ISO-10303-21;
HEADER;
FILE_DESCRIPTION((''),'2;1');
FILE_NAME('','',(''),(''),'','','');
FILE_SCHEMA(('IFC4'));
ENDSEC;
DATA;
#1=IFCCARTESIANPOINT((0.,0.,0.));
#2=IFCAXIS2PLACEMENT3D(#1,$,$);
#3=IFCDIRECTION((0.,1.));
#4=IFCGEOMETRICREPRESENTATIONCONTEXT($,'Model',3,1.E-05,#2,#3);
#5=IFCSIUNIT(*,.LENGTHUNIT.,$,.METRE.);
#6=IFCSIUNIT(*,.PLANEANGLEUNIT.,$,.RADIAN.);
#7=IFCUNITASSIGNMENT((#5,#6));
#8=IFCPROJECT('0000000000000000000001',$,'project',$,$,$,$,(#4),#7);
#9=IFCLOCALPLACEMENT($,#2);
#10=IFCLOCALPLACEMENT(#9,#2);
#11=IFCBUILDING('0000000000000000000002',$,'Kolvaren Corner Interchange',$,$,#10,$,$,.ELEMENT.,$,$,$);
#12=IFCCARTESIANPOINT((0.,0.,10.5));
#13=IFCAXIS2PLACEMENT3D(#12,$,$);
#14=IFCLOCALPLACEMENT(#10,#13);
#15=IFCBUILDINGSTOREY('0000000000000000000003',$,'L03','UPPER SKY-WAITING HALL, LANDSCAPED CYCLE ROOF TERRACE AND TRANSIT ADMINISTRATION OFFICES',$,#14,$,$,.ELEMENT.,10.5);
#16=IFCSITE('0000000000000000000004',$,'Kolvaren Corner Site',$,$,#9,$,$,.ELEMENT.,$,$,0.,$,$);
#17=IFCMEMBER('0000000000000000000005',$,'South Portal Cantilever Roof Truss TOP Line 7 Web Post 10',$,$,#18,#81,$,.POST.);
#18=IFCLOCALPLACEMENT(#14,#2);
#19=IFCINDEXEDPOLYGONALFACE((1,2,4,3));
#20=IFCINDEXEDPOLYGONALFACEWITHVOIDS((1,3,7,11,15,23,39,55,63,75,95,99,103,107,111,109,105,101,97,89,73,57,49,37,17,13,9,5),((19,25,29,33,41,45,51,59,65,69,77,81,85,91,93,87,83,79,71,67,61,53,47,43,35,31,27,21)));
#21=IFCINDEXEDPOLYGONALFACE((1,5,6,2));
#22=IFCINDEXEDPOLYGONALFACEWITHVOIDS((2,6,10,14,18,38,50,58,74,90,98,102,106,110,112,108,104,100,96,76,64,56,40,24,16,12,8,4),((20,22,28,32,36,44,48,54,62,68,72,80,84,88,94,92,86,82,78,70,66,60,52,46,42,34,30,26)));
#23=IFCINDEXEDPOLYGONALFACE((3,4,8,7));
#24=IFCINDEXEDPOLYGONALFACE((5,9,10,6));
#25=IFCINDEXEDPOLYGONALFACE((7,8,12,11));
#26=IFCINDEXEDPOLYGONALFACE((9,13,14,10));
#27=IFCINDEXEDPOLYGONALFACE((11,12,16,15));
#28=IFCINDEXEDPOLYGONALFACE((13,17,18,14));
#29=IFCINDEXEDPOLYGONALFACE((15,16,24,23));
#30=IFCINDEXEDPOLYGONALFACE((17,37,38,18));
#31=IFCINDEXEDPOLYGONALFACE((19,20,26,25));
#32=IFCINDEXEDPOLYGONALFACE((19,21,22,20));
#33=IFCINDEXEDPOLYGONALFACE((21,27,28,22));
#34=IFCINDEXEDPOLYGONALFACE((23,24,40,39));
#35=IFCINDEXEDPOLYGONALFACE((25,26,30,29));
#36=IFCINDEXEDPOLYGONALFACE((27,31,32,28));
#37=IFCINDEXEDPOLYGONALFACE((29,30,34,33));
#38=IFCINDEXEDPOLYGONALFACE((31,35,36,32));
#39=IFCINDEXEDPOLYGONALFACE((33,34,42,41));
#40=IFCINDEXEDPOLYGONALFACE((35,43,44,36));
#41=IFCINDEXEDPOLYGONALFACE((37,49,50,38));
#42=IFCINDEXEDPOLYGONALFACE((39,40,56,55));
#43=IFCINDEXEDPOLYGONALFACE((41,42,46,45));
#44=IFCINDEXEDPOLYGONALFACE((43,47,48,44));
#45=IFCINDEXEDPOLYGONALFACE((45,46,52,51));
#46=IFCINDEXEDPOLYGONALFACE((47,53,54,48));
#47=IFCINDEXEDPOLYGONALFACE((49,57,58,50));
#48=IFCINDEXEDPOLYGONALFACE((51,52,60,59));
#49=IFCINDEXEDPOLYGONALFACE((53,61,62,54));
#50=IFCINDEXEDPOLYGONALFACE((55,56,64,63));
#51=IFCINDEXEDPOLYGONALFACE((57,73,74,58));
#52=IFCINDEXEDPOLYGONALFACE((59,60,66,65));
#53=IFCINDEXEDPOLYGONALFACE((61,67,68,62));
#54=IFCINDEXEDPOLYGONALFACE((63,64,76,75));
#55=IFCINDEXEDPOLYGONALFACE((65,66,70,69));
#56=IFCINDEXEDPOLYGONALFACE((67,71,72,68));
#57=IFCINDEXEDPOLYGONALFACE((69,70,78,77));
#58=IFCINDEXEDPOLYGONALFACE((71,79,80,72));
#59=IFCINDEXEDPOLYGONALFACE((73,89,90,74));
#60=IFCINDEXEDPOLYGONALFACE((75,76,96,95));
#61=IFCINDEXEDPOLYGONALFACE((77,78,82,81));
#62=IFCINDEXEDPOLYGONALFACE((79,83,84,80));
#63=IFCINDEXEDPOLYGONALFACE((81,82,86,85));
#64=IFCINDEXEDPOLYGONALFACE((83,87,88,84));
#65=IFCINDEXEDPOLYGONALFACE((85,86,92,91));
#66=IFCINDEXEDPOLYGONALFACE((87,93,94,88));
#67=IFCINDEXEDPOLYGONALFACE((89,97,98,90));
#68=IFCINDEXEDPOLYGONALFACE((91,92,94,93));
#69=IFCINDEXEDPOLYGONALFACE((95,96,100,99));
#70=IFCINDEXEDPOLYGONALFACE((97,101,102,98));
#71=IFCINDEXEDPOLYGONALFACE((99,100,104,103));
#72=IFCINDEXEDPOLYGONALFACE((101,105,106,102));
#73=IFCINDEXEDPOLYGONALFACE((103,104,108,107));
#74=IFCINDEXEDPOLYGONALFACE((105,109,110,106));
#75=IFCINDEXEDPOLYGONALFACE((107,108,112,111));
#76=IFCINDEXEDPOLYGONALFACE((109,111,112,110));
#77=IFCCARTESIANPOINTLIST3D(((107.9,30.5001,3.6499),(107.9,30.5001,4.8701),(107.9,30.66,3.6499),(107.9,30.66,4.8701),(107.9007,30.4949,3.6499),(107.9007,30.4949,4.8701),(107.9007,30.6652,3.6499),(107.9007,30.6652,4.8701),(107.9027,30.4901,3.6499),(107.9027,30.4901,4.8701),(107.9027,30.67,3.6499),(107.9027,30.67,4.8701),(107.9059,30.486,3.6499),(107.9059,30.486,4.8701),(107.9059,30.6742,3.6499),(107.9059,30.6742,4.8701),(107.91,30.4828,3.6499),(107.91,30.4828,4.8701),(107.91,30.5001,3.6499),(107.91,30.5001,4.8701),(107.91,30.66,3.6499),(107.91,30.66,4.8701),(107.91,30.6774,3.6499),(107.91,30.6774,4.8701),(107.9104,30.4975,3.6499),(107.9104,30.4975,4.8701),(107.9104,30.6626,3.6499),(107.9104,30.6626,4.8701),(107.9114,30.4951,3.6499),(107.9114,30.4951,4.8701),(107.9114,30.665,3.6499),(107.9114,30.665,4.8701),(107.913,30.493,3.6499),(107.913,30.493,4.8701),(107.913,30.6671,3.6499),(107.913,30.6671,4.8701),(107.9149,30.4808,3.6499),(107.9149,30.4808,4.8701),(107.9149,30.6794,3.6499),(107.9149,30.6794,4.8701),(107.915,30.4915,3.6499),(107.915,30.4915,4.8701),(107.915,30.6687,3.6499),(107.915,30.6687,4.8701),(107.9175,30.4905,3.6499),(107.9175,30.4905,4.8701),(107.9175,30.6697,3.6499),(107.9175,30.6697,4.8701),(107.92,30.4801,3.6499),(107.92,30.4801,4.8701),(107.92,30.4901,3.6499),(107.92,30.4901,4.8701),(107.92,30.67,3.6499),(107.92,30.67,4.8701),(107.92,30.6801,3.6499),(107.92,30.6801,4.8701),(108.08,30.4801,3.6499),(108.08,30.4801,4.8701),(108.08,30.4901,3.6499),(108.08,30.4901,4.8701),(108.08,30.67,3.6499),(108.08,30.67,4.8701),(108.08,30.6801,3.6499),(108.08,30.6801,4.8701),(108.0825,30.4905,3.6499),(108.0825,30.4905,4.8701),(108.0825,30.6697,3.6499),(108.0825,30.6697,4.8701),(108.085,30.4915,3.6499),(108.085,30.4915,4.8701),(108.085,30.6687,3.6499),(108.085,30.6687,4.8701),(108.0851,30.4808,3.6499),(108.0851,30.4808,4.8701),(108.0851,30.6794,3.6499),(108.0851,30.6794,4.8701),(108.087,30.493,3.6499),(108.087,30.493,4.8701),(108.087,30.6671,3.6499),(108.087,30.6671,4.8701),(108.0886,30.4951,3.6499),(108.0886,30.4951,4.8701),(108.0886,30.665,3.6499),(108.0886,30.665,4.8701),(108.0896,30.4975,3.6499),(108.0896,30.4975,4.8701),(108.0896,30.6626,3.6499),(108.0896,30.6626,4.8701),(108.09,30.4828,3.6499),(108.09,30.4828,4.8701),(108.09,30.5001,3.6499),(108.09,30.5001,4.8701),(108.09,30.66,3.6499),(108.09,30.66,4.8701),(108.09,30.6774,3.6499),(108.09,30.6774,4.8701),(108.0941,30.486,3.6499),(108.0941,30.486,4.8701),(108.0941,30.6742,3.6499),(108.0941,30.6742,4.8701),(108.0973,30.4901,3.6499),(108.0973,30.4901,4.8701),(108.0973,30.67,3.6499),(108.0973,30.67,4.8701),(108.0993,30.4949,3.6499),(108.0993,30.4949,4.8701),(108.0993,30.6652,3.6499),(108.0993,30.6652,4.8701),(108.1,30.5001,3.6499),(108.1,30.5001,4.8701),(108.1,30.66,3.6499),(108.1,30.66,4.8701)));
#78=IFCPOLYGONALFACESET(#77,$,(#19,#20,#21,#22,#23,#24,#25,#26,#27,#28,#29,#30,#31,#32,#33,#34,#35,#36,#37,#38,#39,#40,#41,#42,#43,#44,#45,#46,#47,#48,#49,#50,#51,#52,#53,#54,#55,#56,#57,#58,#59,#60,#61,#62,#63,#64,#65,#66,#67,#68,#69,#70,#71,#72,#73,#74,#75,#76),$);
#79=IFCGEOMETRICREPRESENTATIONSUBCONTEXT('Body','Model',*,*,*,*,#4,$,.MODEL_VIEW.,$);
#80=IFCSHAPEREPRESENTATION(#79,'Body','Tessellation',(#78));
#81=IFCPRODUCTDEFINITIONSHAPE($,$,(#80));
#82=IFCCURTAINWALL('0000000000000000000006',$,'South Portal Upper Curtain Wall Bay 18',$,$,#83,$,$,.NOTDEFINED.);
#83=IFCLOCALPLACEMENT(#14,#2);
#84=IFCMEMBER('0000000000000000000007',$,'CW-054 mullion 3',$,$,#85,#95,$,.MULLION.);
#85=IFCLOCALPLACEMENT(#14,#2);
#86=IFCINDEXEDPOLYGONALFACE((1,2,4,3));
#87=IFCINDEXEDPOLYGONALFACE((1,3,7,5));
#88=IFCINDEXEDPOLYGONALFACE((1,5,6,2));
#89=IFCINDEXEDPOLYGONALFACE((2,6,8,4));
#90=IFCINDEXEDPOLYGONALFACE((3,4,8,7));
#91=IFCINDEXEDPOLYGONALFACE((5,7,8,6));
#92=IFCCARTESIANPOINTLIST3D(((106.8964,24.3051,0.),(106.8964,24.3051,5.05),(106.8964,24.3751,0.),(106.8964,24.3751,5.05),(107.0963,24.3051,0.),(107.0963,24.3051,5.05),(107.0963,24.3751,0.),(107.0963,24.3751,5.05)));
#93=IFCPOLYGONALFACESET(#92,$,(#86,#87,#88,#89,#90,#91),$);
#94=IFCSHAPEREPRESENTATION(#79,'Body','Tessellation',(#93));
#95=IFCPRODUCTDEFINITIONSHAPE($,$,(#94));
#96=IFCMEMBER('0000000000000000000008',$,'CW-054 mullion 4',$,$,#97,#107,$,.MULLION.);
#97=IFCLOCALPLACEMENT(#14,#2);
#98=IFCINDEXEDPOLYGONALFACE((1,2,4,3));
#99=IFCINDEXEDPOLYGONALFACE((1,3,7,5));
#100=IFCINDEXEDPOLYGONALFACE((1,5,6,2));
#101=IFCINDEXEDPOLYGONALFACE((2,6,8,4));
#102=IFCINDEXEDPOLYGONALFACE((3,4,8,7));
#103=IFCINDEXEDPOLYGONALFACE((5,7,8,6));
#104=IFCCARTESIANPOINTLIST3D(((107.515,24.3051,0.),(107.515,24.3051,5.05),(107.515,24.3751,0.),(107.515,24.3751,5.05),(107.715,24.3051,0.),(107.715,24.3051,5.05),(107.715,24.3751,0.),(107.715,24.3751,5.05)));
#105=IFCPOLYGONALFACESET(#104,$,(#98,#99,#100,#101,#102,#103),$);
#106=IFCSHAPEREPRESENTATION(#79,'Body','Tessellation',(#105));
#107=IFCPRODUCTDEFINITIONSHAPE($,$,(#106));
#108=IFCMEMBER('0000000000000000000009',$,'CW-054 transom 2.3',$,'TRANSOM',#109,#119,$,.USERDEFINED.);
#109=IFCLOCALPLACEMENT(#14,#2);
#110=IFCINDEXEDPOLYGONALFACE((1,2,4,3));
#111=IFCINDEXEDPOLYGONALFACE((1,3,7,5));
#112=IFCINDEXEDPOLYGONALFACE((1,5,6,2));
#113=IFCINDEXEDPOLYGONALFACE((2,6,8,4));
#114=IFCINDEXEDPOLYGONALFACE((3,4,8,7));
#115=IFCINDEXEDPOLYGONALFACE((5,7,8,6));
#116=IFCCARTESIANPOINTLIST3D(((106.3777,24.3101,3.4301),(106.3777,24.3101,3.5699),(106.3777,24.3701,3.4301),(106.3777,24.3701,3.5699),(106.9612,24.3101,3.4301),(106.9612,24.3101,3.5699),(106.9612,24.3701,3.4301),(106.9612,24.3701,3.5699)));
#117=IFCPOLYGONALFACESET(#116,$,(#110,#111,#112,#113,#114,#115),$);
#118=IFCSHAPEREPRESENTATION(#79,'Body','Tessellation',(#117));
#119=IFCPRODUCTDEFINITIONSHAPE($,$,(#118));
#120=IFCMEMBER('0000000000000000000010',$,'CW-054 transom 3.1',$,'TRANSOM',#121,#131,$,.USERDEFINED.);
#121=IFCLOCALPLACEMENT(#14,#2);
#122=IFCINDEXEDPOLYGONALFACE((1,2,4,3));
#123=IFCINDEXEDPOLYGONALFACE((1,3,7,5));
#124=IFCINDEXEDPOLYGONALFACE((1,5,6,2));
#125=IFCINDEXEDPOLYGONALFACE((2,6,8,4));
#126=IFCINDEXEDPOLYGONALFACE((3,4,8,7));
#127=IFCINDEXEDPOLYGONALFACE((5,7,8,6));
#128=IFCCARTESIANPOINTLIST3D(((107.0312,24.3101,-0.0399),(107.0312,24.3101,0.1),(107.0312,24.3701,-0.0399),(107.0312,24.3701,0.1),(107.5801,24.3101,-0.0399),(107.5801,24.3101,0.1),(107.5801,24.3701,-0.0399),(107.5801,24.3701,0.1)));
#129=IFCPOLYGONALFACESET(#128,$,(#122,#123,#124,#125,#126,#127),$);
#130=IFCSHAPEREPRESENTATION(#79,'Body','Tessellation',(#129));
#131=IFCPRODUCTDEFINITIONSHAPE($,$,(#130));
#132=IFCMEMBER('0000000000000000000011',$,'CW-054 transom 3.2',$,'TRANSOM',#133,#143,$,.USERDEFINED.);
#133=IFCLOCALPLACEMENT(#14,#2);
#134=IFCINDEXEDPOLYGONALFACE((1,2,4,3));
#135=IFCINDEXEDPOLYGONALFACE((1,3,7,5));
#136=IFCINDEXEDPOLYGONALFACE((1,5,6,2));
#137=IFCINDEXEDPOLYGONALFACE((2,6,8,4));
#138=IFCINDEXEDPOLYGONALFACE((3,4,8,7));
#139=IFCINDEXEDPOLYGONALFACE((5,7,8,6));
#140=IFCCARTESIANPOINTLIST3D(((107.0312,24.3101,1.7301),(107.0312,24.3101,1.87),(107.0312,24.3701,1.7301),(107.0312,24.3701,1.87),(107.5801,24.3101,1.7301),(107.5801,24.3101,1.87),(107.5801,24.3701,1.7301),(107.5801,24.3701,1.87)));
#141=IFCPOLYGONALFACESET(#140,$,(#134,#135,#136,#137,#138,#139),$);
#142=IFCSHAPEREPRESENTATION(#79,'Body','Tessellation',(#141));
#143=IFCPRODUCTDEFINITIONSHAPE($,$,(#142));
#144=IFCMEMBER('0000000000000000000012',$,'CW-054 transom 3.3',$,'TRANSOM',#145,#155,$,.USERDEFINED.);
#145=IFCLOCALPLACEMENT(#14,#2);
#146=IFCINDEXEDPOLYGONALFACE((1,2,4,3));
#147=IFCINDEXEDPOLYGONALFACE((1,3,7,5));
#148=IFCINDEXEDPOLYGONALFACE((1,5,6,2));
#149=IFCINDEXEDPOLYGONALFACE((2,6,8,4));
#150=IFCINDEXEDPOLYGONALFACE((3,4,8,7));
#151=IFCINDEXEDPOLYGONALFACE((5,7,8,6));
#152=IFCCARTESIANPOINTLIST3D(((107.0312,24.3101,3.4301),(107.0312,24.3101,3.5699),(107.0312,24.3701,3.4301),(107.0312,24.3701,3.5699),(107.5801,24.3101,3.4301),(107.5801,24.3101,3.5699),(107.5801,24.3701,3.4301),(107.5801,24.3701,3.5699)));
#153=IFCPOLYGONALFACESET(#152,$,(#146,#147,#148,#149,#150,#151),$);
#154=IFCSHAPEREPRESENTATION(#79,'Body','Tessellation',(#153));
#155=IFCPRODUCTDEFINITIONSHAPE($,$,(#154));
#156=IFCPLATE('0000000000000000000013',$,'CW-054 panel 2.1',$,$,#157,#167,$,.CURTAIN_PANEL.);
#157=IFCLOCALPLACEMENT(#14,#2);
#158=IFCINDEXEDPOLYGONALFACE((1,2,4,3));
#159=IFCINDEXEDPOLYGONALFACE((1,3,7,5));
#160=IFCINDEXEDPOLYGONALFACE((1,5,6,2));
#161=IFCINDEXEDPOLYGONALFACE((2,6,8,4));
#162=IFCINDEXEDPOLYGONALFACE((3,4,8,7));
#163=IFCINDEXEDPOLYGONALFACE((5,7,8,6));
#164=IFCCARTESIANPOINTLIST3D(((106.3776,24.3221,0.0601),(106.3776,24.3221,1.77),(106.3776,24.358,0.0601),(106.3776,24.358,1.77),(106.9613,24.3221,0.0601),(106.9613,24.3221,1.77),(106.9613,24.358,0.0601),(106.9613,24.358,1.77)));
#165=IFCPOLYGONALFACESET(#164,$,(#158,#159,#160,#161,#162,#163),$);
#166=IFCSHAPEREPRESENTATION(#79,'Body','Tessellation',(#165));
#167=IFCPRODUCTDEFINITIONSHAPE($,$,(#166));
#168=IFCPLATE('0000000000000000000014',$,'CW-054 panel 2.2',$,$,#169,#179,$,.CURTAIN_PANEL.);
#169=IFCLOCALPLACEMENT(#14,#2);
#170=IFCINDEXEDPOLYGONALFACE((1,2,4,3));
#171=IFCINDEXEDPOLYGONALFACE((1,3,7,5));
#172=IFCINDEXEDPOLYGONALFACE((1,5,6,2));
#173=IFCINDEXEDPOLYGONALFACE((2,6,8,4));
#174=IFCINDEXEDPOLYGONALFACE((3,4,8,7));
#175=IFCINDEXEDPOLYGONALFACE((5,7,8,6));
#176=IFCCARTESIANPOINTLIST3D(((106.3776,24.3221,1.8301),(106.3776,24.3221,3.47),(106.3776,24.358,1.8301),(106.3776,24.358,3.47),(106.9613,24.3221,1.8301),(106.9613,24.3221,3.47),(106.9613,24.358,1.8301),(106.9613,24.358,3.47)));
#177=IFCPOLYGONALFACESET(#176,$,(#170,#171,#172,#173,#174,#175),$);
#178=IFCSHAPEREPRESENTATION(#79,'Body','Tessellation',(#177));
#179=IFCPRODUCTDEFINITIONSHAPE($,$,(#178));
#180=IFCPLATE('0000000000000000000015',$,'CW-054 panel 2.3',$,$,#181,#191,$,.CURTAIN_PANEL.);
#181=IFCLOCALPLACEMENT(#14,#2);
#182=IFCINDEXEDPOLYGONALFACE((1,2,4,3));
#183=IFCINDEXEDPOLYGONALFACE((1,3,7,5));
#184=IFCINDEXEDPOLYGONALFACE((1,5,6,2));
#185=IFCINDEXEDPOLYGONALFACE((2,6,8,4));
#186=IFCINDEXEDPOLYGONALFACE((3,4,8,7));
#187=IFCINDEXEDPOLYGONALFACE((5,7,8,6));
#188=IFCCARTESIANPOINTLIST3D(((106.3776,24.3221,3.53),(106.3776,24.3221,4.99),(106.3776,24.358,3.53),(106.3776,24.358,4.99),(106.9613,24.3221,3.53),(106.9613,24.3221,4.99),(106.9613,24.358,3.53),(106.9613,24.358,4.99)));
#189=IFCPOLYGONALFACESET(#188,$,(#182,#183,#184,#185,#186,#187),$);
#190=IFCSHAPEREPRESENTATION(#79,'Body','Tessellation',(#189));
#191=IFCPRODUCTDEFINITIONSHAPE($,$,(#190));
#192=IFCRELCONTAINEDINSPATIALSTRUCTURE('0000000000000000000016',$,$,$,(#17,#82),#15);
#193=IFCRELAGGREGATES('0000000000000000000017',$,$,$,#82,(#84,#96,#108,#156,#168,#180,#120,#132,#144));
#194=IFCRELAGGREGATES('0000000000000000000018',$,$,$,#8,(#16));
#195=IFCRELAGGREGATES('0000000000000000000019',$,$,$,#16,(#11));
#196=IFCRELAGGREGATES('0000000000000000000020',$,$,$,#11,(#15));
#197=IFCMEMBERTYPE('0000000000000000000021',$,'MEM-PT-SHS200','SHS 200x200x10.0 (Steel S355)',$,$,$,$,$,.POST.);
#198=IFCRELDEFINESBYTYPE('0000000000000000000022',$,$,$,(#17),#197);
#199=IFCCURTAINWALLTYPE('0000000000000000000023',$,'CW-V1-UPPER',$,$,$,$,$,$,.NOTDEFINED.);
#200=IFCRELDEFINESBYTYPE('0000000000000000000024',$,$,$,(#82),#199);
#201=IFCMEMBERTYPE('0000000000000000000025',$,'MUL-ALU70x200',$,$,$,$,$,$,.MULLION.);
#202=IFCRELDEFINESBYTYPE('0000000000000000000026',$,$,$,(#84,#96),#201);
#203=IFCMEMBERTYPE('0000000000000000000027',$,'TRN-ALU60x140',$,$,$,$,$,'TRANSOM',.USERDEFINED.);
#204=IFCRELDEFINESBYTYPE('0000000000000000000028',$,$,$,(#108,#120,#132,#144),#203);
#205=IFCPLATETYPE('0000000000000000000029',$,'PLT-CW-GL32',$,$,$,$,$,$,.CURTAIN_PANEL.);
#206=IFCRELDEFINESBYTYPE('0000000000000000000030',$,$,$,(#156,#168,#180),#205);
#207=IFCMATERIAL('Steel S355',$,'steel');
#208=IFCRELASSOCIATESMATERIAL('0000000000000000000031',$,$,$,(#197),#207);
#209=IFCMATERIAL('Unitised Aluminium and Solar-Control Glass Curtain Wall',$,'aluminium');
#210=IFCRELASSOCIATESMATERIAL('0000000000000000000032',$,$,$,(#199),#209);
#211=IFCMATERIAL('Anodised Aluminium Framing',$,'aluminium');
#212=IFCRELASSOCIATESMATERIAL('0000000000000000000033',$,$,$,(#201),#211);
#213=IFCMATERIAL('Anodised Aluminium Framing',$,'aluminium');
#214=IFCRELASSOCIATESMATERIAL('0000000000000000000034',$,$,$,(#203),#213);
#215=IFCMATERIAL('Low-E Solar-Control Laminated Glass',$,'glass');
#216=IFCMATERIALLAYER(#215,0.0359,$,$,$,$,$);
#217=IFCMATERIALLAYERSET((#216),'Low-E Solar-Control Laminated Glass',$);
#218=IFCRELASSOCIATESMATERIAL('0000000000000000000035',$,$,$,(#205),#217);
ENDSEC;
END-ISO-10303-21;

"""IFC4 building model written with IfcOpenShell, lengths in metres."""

from ifc_helpers import new_model, si_unit, direction, frame, origin, origin_2d, place, context, subcontext, project, spatial, rectangle, hollow_rectangle, extrude, material, layer, layer_set, material_profile, profile_set, type_object, element, aggregate, save


model = new_model("IFC4")

# Units and contexts
model_context = context("Model", 3, precision=1e-05, world=origin(), true_north=direction((0.0, 1.0)))
body_context = subcontext(model_context, "Body", "Model", "MODEL_VIEW")
ifc_project = project(units=[si_unit("LENGTHUNIT", "METRE"), si_unit("PLANEANGLEUNIT", "RADIAN")], contexts=[model_context])

# Site, building, storey
site_placement = place(None, origin())
site = spatial("IfcSite", under=ifc_project, at=site_placement, Name="Kolvaren Corner Site", CompositionType="ELEMENT", RefElevation=0.0)
building_placement = place(site_placement, origin())
building = spatial("IfcBuilding", under=site, at=building_placement, Name="Kolvaren Corner Interchange", CompositionType="ELEMENT")
storey_placement = place(building_placement, frame((0.0, 0.0, 10.5)))
storey = spatial("IfcBuildingStorey", under=building, at=storey_placement, Name="L03", Description="UPPER SKY-WAITING HALL, LANDSCAPED CYCLE ROOF TERRACE AND TRANSIT ADMINISTRATION OFFICES", CompositionType="ELEMENT", Elevation=10.5)

# Member
ifc_material_1 = material(Name="Steel S355", Category="steel")
ifc_material_profile_1 = material_profile(ifc_material_1, hollow_rectangle(XDim=0.2, YDim=0.2, WallThickness=0.01, InnerFilletRadius=0.01, OuterFilletRadius=0.02, at=origin_2d()), Name="SHS 200x200x10.0")
ifc_profile_set_1 = profile_set([ifc_material_profile_1], Name="Steel S355")
member_type_1 = type_object("IfcMemberType", Name="MEM-PT-SHS200", Description="SHS 200x200x10.0 (Steel S355)", PredefinedType="POST", material=ifc_profile_set_1)
for number, where, z_axis, x_axis, name in (
    (1, (108.0, 30.5801, 3.6499), (0.0, 0.0, 1.0), (1.0, 0.0, 0.0), "South Portal Cantilever Roof Truss TOP Line 7 Web Post 10"),
):
    element("IfcMember", number, at=place(storey_placement, frame(where, z_axis=z_axis, x_axis=x_axis)), inside=storey, type_object=member_type_1, Name=name, PredefinedType="POST", context=body_context, shape_type="SweptSolid", body=[
        extrude(hollow_rectangle(XDim=0.2, YDim=0.2, WallThickness=0.01, InnerFilletRadius=0.01, OuterFilletRadius=0.02, at=origin_2d()), origin(), (0.0, 0.0, 1.0), 1.2202),
    ])

# Curtain wall, members, plates
ifc_material_2 = material(Name="Unitised Aluminium and Solar-Control Glass Curtain Wall", Category="aluminium")
curtain_wall_type = type_object("IfcCurtainWallType", Name="CW-V1-UPPER", PredefinedType="NOTDEFINED", material=ifc_material_2)
curtain_wall_placement = place(storey_placement, origin())
curtain_wall = element("IfcCurtainWall", 2, at=curtain_wall_placement, inside=storey, type_object=curtain_wall_type, Name="South Portal Upper Curtain Wall Bay 18", PredefinedType="NOTDEFINED")
ifc_material_3 = material(Name="Anodised Aluminium Framing", Category="aluminium")
ifc_material_profile_2 = material_profile(ifc_material_3, rectangle(XDim=0.0701, YDim=0.2, at=origin_2d()), Name="ALU 70x200")
ifc_profile_set_2 = profile_set([ifc_material_profile_2], Name="Anodised Aluminium Framing")
member_type_2 = type_object("IfcMemberType", Name="MUL-ALU70x200", PredefinedType="MULLION", material=ifc_profile_set_2)
member_1_placement = place(storey_placement, frame((106.9963, 24.3401, 0.0), z_axis=(0.0, 0.0, 1.0), x_axis=(0.0, 1.0, 0.0)))
member_1 = element("IfcMember", 3, at=member_1_placement, type_object=member_type_2, Name="CW-054 mullion 3", PredefinedType="MULLION", context=body_context, shape_type="SweptSolid", body=[
    extrude(rectangle(XDim=0.0701, YDim=0.2, at=origin_2d()), origin(), (0.0, 0.0, 1.0), 5.05),
])
member_2_placement = place(storey_placement, frame((107.615, 24.3401, 0.0), z_axis=(0.0, 0.0, 1.0), x_axis=(0.0, 1.0, 0.0)))
member_2 = element("IfcMember", 4, at=member_2_placement, type_object=member_type_2, Name="CW-054 mullion 4", PredefinedType="MULLION", context=body_context, shape_type="SweptSolid", body=[
    extrude(rectangle(XDim=0.0701, YDim=0.2, at=origin_2d()), origin(), (0.0, 0.0, 1.0), 5.05),
])
ifc_material_4 = material(Name="Anodised Aluminium Framing", Category="aluminium")
ifc_material_profile_3 = material_profile(ifc_material_4, rectangle(XDim=0.0601, YDim=0.1399, at=origin_2d()), Name="ALU 60x140")
ifc_profile_set_3 = profile_set([ifc_material_profile_3], Name="Anodised Aluminium Framing")
member_type_3 = type_object("IfcMemberType", Name="TRN-ALU60x140", ElementType="TRANSOM", PredefinedType="USERDEFINED", material=ifc_profile_set_3)
member_3_placement = place(storey_placement, frame((106.3777, 24.3401, 3.5), z_axis=(1.0, 0.0, 0.0), x_axis=(0.0, 1.0, 0.0)))
member_3 = element("IfcMember", 5, at=member_3_placement, type_object=member_type_3, Name="CW-054 transom 2.3", ObjectType="TRANSOM", PredefinedType="USERDEFINED", context=body_context, shape_type="SweptSolid", body=[
    extrude(rectangle(XDim=0.0601, YDim=0.1399, at=origin_2d()), origin(), (0.0, 0.0, 1.0), 0.5835),
])
member_4_placement = place(storey_placement, frame((107.0312, 24.3401, 0.03), z_axis=(1.0, 0.0, 0.0), x_axis=(0.0, 1.0, 0.0)))
member_4 = element("IfcMember", 6, at=member_4_placement, type_object=member_type_3, Name="CW-054 transom 3.1", ObjectType="TRANSOM", PredefinedType="USERDEFINED", context=body_context, shape_type="SweptSolid", body=[
    extrude(rectangle(XDim=0.0601, YDim=0.1399, at=origin_2d()), origin(), (0.0, 0.0, 1.0), 0.5488),
])
member_5_placement = place(storey_placement, frame((107.0312, 24.3401, 1.8), z_axis=(1.0, 0.0, 0.0), x_axis=(0.0, 1.0, 0.0)))
member_5 = element("IfcMember", 7, at=member_5_placement, type_object=member_type_3, Name="CW-054 transom 3.2", ObjectType="TRANSOM", PredefinedType="USERDEFINED", context=body_context, shape_type="SweptSolid", body=[
    extrude(rectangle(XDim=0.0601, YDim=0.1399, at=origin_2d()), origin(), (0.0, 0.0, 1.0), 0.5488),
])
member_6_placement = place(storey_placement, frame((107.0312, 24.3401, 3.5), z_axis=(1.0, 0.0, 0.0), x_axis=(0.0, 1.0, 0.0)))
member_6 = element("IfcMember", 8, at=member_6_placement, type_object=member_type_3, Name="CW-054 transom 3.3", ObjectType="TRANSOM", PredefinedType="USERDEFINED", context=body_context, shape_type="SweptSolid", body=[
    extrude(rectangle(XDim=0.0601, YDim=0.1399, at=origin_2d()), origin(), (0.0, 0.0, 1.0), 0.5488),
])
ifc_material_5 = material(Name="Low-E Solar-Control Laminated Glass", Category="glass")
ifc_layer = layer(ifc_material_5, 0.0359)
ifc_layer_set = layer_set([ifc_layer], Name="Low-E Solar-Control Laminated Glass")
plate_type = type_object("IfcPlateType", Name="PLT-CW-GL32", PredefinedType="CURTAIN_PANEL", material=ifc_layer_set)
plate_1_placement = place(storey_placement, frame((106.6694, 24.3401, 0.0601), z_axis=(0.0, 0.0, 1.0), x_axis=(1.0, 0.0, 0.0)))
plate_1 = element("IfcPlate", 9, at=plate_1_placement, type_object=plate_type, Name="CW-054 panel 2.1", PredefinedType="CURTAIN_PANEL", context=body_context, shape_type="SweptSolid", body=[
    extrude(rectangle(XDim=0.5837, YDim=0.0359, at=origin_2d()), origin(), (0.0, 0.0, 1.0), 1.71),
])
plate_2_placement = place(storey_placement, frame((106.6694, 24.3401, 1.8301), z_axis=(0.0, 0.0, 1.0), x_axis=(1.0, 0.0, 0.0)))
plate_2 = element("IfcPlate", 10, at=plate_2_placement, type_object=plate_type, Name="CW-054 panel 2.2", PredefinedType="CURTAIN_PANEL", context=body_context, shape_type="SweptSolid", body=[
    extrude(rectangle(XDim=0.5837, YDim=0.0359, at=origin_2d()), origin(), (0.0, 0.0, 1.0), 1.6399),
])
plate_3_placement = place(storey_placement, frame((106.6694, 24.3401, 3.53), z_axis=(0.0, 0.0, 1.0), x_axis=(1.0, 0.0, 0.0)))
plate_3 = element("IfcPlate", 11, at=plate_3_placement, type_object=plate_type, Name="CW-054 panel 2.3", PredefinedType="CURTAIN_PANEL", context=body_context, shape_type="SweptSolid", body=[
    extrude(rectangle(XDim=0.5837, YDim=0.0359, at=origin_2d()), origin(), (0.0, 0.0, 1.0), 1.46),
])
aggregate(curtain_wall, [member_1, member_2, member_3, plate_1, plate_2, plate_3, member_4, member_5, member_6])

save(model, "model.ifc")
